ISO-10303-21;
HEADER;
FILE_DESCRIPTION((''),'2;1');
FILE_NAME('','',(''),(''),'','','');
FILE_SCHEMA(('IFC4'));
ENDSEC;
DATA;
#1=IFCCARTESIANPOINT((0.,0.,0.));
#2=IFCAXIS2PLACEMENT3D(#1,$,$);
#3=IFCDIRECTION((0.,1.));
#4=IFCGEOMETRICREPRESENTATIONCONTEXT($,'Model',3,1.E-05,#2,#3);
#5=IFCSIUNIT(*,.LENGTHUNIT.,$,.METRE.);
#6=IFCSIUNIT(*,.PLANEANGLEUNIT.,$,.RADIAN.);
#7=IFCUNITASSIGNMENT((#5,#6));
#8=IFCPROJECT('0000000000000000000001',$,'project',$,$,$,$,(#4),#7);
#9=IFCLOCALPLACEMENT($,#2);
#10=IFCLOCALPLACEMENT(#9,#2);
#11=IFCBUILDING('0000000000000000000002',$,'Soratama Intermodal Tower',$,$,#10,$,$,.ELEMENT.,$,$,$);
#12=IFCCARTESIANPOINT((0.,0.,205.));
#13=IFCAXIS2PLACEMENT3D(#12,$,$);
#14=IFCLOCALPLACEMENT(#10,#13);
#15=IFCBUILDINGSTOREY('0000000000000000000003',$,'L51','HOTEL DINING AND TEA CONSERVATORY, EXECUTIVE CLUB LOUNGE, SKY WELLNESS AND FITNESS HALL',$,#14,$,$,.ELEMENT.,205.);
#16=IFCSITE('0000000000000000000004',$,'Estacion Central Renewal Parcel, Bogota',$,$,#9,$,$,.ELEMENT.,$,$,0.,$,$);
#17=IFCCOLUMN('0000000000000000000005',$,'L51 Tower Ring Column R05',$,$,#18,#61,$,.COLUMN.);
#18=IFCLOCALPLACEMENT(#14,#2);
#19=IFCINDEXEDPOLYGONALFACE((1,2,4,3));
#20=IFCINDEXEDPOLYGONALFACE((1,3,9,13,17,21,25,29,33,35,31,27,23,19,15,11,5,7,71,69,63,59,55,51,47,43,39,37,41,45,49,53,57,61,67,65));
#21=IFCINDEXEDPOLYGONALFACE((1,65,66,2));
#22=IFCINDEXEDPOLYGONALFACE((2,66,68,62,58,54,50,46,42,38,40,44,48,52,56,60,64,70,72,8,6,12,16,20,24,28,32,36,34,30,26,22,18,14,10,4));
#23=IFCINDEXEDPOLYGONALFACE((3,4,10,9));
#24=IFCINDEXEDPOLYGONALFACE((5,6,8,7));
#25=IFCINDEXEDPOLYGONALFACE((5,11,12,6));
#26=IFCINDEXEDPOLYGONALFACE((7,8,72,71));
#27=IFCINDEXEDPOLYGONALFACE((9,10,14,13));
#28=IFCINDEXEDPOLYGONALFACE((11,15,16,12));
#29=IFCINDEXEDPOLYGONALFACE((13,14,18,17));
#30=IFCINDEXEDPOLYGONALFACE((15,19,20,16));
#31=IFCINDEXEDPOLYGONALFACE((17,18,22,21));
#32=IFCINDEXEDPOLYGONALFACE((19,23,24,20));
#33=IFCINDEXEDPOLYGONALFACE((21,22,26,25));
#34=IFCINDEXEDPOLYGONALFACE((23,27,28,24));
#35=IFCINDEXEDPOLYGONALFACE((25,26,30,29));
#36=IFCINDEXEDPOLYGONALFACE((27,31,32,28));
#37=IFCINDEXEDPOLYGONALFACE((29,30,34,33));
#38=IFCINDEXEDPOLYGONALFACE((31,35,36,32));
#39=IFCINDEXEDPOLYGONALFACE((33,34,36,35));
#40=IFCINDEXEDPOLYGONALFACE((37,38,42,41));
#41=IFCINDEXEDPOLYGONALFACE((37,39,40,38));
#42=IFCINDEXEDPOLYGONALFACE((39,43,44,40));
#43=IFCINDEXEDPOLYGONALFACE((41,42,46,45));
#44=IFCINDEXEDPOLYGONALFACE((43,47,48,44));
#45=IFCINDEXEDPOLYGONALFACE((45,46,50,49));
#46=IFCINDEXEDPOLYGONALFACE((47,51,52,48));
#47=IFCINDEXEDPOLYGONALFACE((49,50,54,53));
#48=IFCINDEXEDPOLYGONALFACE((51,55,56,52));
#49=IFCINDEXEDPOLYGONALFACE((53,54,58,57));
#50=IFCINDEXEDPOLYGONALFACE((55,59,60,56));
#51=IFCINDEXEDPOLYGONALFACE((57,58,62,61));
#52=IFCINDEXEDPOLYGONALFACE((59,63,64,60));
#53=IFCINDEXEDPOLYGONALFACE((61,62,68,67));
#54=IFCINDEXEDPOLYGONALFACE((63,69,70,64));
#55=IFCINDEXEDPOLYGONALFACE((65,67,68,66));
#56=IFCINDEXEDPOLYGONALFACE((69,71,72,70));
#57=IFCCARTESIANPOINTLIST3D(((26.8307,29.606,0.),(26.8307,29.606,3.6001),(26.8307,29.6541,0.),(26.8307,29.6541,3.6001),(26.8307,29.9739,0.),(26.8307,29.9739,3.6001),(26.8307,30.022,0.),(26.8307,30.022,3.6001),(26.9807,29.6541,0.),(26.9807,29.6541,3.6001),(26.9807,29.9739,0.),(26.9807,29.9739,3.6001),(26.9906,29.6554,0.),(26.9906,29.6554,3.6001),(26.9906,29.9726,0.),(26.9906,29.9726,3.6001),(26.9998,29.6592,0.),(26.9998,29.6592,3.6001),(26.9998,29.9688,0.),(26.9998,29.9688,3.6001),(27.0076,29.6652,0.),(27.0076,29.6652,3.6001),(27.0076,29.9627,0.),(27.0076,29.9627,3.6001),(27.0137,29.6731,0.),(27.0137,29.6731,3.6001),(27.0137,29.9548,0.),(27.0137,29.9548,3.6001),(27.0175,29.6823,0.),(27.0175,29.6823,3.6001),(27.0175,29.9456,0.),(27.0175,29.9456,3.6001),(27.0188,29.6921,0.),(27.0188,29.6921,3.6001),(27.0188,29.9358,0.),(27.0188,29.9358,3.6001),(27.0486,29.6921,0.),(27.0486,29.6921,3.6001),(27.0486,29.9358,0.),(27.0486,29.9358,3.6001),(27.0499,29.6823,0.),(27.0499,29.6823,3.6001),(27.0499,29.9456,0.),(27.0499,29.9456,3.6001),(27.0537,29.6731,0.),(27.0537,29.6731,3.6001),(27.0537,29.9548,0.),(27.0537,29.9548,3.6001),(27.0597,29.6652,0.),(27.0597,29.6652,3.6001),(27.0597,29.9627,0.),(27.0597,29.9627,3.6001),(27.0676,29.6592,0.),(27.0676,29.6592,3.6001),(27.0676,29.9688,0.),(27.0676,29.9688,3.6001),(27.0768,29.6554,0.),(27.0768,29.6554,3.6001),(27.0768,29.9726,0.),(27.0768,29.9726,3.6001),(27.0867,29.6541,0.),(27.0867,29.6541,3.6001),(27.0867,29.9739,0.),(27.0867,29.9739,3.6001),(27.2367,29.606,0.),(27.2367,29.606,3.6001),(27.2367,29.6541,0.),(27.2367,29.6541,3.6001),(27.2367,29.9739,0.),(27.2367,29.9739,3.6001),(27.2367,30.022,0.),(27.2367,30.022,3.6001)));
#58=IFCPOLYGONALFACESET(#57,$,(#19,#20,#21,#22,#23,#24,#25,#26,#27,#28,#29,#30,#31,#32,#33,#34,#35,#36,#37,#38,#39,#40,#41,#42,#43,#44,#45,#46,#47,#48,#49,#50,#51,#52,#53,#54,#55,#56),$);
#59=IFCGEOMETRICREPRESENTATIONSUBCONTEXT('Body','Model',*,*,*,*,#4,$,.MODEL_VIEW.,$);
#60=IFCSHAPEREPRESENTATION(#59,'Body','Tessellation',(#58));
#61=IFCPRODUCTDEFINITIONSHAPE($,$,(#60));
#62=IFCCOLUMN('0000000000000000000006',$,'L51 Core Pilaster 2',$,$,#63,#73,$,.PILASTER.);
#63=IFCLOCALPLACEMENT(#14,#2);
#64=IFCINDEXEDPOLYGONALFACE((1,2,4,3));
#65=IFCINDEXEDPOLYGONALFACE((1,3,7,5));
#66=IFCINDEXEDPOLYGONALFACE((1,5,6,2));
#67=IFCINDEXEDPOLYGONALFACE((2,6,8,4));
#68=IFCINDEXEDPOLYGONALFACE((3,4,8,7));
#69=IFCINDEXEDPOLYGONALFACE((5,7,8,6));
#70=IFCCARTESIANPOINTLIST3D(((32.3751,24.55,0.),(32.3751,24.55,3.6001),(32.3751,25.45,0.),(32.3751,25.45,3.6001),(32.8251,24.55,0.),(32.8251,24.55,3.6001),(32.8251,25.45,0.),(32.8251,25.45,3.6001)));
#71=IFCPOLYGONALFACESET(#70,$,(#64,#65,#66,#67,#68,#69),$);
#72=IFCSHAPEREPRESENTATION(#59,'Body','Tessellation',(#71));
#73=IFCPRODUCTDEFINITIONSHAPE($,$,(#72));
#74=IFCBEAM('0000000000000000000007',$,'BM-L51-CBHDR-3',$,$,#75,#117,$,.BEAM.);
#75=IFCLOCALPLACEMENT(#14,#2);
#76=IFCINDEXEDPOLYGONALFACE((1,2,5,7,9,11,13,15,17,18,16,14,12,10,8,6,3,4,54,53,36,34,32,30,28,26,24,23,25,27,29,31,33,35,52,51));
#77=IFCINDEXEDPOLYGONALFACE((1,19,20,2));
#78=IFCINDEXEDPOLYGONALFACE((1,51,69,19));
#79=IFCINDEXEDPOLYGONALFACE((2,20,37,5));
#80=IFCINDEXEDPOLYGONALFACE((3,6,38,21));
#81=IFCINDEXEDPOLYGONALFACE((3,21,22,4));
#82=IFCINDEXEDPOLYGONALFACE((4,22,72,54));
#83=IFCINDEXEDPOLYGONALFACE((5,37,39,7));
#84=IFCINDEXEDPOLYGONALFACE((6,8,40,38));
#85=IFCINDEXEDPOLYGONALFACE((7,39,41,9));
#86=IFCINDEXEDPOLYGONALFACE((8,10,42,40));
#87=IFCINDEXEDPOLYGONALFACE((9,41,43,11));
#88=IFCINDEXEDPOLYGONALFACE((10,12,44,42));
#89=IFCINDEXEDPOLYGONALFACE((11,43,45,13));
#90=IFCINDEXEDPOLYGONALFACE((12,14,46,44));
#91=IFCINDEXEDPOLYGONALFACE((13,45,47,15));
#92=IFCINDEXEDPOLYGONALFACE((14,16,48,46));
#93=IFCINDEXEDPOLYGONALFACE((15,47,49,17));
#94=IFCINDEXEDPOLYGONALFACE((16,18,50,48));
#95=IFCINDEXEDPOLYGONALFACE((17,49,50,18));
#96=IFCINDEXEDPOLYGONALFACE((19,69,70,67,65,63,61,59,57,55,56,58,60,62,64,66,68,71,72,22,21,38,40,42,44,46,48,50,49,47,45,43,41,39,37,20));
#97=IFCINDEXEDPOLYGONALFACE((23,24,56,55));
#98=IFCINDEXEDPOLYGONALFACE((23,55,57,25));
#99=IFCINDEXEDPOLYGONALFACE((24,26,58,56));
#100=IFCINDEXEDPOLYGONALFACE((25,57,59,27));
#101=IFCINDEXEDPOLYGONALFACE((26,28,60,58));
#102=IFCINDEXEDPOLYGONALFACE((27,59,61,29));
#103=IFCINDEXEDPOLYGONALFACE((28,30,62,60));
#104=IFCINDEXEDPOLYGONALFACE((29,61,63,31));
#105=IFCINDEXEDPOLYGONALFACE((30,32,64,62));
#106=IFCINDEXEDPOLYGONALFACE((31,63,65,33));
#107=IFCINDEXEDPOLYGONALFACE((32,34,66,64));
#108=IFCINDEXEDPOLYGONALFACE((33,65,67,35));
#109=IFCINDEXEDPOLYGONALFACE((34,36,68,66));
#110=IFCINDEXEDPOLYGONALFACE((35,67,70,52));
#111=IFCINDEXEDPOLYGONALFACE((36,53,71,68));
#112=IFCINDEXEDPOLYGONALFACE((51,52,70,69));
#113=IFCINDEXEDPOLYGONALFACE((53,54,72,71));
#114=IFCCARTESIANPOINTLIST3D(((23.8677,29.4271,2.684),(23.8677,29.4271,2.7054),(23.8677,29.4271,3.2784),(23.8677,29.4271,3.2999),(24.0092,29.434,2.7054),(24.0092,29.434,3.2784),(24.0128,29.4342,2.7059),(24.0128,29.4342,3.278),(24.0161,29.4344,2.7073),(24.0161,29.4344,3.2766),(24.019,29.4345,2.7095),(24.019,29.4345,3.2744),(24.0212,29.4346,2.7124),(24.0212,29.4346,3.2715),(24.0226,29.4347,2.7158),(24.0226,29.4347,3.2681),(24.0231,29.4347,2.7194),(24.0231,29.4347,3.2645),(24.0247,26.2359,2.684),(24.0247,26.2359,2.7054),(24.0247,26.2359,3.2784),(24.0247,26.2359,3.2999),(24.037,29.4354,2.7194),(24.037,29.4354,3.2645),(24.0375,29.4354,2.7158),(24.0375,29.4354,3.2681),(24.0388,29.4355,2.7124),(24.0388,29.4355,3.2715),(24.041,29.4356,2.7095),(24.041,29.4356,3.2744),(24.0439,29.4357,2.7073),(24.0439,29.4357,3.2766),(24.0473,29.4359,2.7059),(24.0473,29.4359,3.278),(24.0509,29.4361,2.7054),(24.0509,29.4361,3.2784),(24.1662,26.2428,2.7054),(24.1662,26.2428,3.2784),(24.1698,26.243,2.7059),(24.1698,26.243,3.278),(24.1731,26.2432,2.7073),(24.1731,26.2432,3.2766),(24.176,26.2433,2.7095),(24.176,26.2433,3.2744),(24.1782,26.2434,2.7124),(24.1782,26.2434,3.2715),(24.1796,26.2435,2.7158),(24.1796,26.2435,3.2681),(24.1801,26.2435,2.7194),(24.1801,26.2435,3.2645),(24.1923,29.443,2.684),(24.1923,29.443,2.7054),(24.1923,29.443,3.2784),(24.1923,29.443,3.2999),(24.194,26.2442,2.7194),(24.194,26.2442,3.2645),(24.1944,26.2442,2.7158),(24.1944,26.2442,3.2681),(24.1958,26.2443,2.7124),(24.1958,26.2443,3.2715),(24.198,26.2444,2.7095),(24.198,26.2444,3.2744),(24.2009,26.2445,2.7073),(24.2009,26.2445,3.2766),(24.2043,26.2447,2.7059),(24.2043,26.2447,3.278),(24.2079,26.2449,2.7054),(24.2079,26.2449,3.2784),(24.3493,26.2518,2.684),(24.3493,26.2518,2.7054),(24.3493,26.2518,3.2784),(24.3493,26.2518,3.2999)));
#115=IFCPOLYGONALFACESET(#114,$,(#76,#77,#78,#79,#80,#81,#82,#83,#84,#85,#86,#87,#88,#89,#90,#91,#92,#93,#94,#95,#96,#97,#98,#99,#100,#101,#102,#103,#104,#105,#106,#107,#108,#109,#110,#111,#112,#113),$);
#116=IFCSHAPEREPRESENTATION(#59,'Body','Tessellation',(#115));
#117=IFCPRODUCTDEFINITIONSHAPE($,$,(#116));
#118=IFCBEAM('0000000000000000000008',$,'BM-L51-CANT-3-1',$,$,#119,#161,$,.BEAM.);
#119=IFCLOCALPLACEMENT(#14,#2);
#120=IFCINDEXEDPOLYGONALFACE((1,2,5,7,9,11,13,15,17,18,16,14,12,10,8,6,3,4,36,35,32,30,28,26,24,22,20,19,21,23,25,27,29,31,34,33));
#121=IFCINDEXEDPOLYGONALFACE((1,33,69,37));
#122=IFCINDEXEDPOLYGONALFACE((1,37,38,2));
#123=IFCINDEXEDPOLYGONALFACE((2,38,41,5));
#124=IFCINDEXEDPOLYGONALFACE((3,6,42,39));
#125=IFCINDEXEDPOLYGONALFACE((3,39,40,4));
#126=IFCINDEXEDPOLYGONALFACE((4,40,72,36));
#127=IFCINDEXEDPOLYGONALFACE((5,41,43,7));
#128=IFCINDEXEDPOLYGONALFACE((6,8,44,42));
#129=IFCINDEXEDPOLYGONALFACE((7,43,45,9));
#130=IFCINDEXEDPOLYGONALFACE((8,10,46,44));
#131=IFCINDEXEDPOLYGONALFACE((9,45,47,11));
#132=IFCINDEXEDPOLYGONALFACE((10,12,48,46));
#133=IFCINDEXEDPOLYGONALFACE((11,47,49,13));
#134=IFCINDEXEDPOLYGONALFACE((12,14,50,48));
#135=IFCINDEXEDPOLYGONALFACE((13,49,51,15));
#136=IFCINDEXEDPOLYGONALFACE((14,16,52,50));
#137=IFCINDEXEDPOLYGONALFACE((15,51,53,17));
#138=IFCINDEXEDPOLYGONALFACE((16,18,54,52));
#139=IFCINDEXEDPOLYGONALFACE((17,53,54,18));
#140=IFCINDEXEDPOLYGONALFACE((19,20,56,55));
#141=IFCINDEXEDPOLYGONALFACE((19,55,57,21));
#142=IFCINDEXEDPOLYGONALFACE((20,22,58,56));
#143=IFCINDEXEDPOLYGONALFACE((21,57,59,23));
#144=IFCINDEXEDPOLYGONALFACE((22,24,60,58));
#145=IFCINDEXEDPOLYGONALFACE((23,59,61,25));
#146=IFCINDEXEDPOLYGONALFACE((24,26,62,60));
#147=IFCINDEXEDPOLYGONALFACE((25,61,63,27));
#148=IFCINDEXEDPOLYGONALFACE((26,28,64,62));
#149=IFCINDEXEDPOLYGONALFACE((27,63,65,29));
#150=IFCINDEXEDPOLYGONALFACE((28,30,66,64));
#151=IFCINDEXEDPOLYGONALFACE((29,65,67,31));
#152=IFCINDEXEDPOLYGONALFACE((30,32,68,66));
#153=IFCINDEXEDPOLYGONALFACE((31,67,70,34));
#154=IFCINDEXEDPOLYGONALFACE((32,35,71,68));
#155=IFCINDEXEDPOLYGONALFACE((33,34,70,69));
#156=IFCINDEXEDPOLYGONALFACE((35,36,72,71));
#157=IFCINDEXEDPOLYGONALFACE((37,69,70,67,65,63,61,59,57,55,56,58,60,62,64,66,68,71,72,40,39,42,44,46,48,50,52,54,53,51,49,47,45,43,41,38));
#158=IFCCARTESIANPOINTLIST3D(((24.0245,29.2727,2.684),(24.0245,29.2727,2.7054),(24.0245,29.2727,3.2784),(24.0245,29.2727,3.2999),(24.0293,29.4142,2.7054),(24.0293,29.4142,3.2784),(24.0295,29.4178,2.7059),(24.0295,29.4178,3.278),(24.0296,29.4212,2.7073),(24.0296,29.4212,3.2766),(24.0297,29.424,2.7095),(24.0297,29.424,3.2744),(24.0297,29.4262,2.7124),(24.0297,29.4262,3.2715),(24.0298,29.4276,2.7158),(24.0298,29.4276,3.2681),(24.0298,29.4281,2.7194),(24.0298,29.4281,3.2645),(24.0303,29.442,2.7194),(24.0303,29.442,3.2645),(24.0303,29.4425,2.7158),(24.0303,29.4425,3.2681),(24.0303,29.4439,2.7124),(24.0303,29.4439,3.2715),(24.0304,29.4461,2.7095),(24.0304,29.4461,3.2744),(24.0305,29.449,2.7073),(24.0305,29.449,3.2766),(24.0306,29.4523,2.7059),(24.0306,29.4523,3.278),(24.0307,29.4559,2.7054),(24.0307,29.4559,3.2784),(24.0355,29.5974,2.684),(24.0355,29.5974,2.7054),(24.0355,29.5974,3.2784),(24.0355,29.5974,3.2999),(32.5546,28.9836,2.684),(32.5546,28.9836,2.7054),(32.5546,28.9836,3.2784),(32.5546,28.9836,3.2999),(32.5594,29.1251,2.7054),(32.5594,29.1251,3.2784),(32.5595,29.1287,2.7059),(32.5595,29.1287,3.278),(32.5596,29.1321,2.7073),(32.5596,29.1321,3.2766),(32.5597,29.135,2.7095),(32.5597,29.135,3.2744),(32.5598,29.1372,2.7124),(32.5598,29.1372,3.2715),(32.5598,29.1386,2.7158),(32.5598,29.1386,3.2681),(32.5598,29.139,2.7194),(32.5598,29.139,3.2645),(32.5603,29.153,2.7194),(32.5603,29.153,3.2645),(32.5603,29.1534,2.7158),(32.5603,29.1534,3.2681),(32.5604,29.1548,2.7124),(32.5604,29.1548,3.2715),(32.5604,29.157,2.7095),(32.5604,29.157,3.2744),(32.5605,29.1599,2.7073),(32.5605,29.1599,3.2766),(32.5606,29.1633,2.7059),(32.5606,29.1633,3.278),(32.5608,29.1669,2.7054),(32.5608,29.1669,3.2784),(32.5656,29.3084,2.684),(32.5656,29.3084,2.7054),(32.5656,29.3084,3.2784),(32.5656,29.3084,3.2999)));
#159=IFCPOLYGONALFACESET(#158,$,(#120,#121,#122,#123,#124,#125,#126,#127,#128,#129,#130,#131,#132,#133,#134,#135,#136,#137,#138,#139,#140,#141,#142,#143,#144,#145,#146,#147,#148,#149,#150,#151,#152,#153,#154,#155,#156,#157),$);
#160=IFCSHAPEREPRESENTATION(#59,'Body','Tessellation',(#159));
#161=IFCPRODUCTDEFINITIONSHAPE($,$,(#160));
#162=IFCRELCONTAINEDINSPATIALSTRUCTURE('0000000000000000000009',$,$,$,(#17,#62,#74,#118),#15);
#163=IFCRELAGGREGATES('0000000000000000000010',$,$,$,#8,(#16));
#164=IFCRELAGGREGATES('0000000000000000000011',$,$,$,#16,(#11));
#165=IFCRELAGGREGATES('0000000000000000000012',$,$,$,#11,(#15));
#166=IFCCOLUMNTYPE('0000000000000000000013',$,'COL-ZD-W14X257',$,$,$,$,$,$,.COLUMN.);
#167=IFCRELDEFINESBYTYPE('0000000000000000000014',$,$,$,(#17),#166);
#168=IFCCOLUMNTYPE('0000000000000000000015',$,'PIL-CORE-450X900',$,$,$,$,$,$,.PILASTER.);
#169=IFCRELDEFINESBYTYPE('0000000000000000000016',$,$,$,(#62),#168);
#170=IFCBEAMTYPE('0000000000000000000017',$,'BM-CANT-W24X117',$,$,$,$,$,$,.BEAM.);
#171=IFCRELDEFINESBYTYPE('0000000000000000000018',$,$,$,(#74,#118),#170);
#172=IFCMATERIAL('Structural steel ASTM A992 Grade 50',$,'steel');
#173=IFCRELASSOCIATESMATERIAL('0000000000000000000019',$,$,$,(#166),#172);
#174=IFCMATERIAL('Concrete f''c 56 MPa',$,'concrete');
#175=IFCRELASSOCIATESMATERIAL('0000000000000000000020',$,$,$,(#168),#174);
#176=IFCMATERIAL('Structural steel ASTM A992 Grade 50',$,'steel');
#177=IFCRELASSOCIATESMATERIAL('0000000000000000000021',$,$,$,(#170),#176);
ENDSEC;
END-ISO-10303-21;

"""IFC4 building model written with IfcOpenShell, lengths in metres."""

from ifc_helpers import new_model, si_unit, direction, frame, origin, origin_2d, place, context, subcontext, project, spatial, rectangle, i_section, extrude, material, material_profile, profile_set, type_object, element, save


model = new_model("IFC4")

# Units and contexts
model_context = context("Model", 3, precision=1e-05, world=origin(), true_north=direction((0.0, 1.0)))
body_context = subcontext(model_context, "Body", "Model", "MODEL_VIEW")
ifc_project = project(units=[si_unit("LENGTHUNIT", "METRE"), si_unit("PLANEANGLEUNIT", "RADIAN")], contexts=[model_context])

# Site, building, storey
site_placement = place(None, origin())
site = spatial("IfcSite", under=ifc_project, at=site_placement, Name="Estacion Central Renewal Parcel, Bogota", CompositionType="ELEMENT", RefElevation=0.0)
building_placement = place(site_placement, origin())
building = spatial("IfcBuilding", under=site, at=building_placement, Name="Soratama Intermodal Tower", CompositionType="ELEMENT")
storey_placement = place(building_placement, frame((0.0, 0.0, 205.0)))
storey = spatial("IfcBuildingStorey", under=building, at=storey_placement, Name="L51", Description="HOTEL DINING AND TEA CONSERVATORY, EXECUTIVE CLUB LOUNGE, SKY WELLNESS AND FITNESS HALL", CompositionType="ELEMENT", Elevation=205.0)

# Columns
ifc_material_1 = material(Name="Structural steel ASTM A992 Grade 50", Category="steel")
ifc_material_profile_1 = material_profile(ifc_material_1, i_section(OverallWidth=0.406, OverallDepth=0.416, WebThickness=0.0298, FlangeThickness=0.0481, FilletRadius=0.0381, at=origin_2d()), Name="W14X257")
ifc_profile_set_1 = profile_set([ifc_material_profile_1], Name="Structural steel ASTM A992 Grade 50")
column_type_1 = type_object("IfcColumnType", Name="COL-ZD-W14X257", PredefinedType="COLUMN", material=ifc_profile_set_1)
column_1_placement = place(storey_placement, frame((27.0337, 29.814, 0.0), z_axis=(0.0, 0.0, 1.0), x_axis=(1.0, 0.0, 0.0)))
element("IfcColumn", 1, at=column_1_placement, inside=storey, type_object=column_type_1, Name="L51 Tower Ring Column R05", PredefinedType="COLUMN", context=body_context, shape_type="SweptSolid", body=[
    extrude(i_section(OverallWidth=0.406, OverallDepth=0.416, WebThickness=0.0298, FlangeThickness=0.0481, FilletRadius=0.0381, at=origin_2d()), origin(), (0.0, 0.0, 1.0), 3.6001),
])
ifc_material_2 = material(Name="Concrete f'c 56 MPa", Category="concrete")
ifc_material_profile_2 = material_profile(ifc_material_2, rectangle(XDim=0.45, YDim=0.8999, at=origin_2d()), Name="RC450X900")
ifc_profile_set_2 = profile_set([ifc_material_profile_2], Name="Concrete f'c 56 MPa")
column_type_2 = type_object("IfcColumnType", Name="PIL-CORE-450X900", PredefinedType="PILASTER", material=ifc_profile_set_2)
column_2_placement = place(storey_placement, frame((32.6001, 25.0, 0.0), z_axis=(0.0, 0.0, 1.0), x_axis=(1.0, 0.0, 0.0)))
element("IfcColumn", 2, at=column_2_placement, inside=storey, type_object=column_type_2, Name="L51 Core Pilaster 2", PredefinedType="PILASTER", context=body_context, shape_type="SweptSolid", body=[
    extrude(rectangle(XDim=0.45, YDim=0.8999, at=origin_2d()), origin(), (0.0, 0.0, 1.0), 3.6001),
])

# Beams
ifc_material_3 = material(Name="Structural steel ASTM A992 Grade 50", Category="steel")
ifc_material_profile_3 = material_profile(ifc_material_3, i_section(OverallWidth=0.325, OverallDepth=0.616, WebThickness=0.0139, FlangeThickness=0.0215, FilletRadius=0.0139, at=origin_2d()), Name="W24X117")
ifc_profile_set_3 = profile_set([ifc_material_profile_3], Name="Structural steel ASTM A992 Grade 50")
beam_type_1 = type_object("IfcBeamType", Name="BM-CANT-W24X117", PredefinedType="BEAM", material=ifc_profile_set_3)
beam_1_placement = place(storey_placement, frame((24.03, 29.4351, 2.9919), z_axis=(0.049133, -0.998792, 0.0), x_axis=(0.998792, 0.049133, 0.0)))
element("IfcBeam", 3, at=beam_1_placement, inside=storey, type_object=beam_type_1, Name="BM-L51-CBHDR-3", PredefinedType="BEAM", context=body_context, shape_type="SweptSolid", body=[
    extrude(i_section(OverallWidth=0.325, OverallDepth=0.616, WebThickness=0.0139, FlangeThickness=0.0215, FilletRadius=0.0139, at=origin_2d()), origin(), (0.0, 0.0, 1.0), 3.1951),
])
beam_2_placement = place(storey_placement, frame((32.5601, 29.146, 2.9919), z_axis=(-0.999426, 0.033868, 0.0), x_axis=(-0.033868, -0.999426, 0.0)))
element("IfcBeam", 4, at=beam_2_placement, inside=storey, type_object=beam_type_1, Name="BM-L51-CANT-3-1", PredefinedType="BEAM", context=body_context, shape_type="SweptSolid", body=[
    extrude(i_section(OverallWidth=0.325, OverallDepth=0.616, WebThickness=0.0139, FlangeThickness=0.0215, FilletRadius=0.0139, at=origin_2d()), origin(), (0.0, 0.0, 1.0), 8.5349),
])

save(model, "model.ifc")
